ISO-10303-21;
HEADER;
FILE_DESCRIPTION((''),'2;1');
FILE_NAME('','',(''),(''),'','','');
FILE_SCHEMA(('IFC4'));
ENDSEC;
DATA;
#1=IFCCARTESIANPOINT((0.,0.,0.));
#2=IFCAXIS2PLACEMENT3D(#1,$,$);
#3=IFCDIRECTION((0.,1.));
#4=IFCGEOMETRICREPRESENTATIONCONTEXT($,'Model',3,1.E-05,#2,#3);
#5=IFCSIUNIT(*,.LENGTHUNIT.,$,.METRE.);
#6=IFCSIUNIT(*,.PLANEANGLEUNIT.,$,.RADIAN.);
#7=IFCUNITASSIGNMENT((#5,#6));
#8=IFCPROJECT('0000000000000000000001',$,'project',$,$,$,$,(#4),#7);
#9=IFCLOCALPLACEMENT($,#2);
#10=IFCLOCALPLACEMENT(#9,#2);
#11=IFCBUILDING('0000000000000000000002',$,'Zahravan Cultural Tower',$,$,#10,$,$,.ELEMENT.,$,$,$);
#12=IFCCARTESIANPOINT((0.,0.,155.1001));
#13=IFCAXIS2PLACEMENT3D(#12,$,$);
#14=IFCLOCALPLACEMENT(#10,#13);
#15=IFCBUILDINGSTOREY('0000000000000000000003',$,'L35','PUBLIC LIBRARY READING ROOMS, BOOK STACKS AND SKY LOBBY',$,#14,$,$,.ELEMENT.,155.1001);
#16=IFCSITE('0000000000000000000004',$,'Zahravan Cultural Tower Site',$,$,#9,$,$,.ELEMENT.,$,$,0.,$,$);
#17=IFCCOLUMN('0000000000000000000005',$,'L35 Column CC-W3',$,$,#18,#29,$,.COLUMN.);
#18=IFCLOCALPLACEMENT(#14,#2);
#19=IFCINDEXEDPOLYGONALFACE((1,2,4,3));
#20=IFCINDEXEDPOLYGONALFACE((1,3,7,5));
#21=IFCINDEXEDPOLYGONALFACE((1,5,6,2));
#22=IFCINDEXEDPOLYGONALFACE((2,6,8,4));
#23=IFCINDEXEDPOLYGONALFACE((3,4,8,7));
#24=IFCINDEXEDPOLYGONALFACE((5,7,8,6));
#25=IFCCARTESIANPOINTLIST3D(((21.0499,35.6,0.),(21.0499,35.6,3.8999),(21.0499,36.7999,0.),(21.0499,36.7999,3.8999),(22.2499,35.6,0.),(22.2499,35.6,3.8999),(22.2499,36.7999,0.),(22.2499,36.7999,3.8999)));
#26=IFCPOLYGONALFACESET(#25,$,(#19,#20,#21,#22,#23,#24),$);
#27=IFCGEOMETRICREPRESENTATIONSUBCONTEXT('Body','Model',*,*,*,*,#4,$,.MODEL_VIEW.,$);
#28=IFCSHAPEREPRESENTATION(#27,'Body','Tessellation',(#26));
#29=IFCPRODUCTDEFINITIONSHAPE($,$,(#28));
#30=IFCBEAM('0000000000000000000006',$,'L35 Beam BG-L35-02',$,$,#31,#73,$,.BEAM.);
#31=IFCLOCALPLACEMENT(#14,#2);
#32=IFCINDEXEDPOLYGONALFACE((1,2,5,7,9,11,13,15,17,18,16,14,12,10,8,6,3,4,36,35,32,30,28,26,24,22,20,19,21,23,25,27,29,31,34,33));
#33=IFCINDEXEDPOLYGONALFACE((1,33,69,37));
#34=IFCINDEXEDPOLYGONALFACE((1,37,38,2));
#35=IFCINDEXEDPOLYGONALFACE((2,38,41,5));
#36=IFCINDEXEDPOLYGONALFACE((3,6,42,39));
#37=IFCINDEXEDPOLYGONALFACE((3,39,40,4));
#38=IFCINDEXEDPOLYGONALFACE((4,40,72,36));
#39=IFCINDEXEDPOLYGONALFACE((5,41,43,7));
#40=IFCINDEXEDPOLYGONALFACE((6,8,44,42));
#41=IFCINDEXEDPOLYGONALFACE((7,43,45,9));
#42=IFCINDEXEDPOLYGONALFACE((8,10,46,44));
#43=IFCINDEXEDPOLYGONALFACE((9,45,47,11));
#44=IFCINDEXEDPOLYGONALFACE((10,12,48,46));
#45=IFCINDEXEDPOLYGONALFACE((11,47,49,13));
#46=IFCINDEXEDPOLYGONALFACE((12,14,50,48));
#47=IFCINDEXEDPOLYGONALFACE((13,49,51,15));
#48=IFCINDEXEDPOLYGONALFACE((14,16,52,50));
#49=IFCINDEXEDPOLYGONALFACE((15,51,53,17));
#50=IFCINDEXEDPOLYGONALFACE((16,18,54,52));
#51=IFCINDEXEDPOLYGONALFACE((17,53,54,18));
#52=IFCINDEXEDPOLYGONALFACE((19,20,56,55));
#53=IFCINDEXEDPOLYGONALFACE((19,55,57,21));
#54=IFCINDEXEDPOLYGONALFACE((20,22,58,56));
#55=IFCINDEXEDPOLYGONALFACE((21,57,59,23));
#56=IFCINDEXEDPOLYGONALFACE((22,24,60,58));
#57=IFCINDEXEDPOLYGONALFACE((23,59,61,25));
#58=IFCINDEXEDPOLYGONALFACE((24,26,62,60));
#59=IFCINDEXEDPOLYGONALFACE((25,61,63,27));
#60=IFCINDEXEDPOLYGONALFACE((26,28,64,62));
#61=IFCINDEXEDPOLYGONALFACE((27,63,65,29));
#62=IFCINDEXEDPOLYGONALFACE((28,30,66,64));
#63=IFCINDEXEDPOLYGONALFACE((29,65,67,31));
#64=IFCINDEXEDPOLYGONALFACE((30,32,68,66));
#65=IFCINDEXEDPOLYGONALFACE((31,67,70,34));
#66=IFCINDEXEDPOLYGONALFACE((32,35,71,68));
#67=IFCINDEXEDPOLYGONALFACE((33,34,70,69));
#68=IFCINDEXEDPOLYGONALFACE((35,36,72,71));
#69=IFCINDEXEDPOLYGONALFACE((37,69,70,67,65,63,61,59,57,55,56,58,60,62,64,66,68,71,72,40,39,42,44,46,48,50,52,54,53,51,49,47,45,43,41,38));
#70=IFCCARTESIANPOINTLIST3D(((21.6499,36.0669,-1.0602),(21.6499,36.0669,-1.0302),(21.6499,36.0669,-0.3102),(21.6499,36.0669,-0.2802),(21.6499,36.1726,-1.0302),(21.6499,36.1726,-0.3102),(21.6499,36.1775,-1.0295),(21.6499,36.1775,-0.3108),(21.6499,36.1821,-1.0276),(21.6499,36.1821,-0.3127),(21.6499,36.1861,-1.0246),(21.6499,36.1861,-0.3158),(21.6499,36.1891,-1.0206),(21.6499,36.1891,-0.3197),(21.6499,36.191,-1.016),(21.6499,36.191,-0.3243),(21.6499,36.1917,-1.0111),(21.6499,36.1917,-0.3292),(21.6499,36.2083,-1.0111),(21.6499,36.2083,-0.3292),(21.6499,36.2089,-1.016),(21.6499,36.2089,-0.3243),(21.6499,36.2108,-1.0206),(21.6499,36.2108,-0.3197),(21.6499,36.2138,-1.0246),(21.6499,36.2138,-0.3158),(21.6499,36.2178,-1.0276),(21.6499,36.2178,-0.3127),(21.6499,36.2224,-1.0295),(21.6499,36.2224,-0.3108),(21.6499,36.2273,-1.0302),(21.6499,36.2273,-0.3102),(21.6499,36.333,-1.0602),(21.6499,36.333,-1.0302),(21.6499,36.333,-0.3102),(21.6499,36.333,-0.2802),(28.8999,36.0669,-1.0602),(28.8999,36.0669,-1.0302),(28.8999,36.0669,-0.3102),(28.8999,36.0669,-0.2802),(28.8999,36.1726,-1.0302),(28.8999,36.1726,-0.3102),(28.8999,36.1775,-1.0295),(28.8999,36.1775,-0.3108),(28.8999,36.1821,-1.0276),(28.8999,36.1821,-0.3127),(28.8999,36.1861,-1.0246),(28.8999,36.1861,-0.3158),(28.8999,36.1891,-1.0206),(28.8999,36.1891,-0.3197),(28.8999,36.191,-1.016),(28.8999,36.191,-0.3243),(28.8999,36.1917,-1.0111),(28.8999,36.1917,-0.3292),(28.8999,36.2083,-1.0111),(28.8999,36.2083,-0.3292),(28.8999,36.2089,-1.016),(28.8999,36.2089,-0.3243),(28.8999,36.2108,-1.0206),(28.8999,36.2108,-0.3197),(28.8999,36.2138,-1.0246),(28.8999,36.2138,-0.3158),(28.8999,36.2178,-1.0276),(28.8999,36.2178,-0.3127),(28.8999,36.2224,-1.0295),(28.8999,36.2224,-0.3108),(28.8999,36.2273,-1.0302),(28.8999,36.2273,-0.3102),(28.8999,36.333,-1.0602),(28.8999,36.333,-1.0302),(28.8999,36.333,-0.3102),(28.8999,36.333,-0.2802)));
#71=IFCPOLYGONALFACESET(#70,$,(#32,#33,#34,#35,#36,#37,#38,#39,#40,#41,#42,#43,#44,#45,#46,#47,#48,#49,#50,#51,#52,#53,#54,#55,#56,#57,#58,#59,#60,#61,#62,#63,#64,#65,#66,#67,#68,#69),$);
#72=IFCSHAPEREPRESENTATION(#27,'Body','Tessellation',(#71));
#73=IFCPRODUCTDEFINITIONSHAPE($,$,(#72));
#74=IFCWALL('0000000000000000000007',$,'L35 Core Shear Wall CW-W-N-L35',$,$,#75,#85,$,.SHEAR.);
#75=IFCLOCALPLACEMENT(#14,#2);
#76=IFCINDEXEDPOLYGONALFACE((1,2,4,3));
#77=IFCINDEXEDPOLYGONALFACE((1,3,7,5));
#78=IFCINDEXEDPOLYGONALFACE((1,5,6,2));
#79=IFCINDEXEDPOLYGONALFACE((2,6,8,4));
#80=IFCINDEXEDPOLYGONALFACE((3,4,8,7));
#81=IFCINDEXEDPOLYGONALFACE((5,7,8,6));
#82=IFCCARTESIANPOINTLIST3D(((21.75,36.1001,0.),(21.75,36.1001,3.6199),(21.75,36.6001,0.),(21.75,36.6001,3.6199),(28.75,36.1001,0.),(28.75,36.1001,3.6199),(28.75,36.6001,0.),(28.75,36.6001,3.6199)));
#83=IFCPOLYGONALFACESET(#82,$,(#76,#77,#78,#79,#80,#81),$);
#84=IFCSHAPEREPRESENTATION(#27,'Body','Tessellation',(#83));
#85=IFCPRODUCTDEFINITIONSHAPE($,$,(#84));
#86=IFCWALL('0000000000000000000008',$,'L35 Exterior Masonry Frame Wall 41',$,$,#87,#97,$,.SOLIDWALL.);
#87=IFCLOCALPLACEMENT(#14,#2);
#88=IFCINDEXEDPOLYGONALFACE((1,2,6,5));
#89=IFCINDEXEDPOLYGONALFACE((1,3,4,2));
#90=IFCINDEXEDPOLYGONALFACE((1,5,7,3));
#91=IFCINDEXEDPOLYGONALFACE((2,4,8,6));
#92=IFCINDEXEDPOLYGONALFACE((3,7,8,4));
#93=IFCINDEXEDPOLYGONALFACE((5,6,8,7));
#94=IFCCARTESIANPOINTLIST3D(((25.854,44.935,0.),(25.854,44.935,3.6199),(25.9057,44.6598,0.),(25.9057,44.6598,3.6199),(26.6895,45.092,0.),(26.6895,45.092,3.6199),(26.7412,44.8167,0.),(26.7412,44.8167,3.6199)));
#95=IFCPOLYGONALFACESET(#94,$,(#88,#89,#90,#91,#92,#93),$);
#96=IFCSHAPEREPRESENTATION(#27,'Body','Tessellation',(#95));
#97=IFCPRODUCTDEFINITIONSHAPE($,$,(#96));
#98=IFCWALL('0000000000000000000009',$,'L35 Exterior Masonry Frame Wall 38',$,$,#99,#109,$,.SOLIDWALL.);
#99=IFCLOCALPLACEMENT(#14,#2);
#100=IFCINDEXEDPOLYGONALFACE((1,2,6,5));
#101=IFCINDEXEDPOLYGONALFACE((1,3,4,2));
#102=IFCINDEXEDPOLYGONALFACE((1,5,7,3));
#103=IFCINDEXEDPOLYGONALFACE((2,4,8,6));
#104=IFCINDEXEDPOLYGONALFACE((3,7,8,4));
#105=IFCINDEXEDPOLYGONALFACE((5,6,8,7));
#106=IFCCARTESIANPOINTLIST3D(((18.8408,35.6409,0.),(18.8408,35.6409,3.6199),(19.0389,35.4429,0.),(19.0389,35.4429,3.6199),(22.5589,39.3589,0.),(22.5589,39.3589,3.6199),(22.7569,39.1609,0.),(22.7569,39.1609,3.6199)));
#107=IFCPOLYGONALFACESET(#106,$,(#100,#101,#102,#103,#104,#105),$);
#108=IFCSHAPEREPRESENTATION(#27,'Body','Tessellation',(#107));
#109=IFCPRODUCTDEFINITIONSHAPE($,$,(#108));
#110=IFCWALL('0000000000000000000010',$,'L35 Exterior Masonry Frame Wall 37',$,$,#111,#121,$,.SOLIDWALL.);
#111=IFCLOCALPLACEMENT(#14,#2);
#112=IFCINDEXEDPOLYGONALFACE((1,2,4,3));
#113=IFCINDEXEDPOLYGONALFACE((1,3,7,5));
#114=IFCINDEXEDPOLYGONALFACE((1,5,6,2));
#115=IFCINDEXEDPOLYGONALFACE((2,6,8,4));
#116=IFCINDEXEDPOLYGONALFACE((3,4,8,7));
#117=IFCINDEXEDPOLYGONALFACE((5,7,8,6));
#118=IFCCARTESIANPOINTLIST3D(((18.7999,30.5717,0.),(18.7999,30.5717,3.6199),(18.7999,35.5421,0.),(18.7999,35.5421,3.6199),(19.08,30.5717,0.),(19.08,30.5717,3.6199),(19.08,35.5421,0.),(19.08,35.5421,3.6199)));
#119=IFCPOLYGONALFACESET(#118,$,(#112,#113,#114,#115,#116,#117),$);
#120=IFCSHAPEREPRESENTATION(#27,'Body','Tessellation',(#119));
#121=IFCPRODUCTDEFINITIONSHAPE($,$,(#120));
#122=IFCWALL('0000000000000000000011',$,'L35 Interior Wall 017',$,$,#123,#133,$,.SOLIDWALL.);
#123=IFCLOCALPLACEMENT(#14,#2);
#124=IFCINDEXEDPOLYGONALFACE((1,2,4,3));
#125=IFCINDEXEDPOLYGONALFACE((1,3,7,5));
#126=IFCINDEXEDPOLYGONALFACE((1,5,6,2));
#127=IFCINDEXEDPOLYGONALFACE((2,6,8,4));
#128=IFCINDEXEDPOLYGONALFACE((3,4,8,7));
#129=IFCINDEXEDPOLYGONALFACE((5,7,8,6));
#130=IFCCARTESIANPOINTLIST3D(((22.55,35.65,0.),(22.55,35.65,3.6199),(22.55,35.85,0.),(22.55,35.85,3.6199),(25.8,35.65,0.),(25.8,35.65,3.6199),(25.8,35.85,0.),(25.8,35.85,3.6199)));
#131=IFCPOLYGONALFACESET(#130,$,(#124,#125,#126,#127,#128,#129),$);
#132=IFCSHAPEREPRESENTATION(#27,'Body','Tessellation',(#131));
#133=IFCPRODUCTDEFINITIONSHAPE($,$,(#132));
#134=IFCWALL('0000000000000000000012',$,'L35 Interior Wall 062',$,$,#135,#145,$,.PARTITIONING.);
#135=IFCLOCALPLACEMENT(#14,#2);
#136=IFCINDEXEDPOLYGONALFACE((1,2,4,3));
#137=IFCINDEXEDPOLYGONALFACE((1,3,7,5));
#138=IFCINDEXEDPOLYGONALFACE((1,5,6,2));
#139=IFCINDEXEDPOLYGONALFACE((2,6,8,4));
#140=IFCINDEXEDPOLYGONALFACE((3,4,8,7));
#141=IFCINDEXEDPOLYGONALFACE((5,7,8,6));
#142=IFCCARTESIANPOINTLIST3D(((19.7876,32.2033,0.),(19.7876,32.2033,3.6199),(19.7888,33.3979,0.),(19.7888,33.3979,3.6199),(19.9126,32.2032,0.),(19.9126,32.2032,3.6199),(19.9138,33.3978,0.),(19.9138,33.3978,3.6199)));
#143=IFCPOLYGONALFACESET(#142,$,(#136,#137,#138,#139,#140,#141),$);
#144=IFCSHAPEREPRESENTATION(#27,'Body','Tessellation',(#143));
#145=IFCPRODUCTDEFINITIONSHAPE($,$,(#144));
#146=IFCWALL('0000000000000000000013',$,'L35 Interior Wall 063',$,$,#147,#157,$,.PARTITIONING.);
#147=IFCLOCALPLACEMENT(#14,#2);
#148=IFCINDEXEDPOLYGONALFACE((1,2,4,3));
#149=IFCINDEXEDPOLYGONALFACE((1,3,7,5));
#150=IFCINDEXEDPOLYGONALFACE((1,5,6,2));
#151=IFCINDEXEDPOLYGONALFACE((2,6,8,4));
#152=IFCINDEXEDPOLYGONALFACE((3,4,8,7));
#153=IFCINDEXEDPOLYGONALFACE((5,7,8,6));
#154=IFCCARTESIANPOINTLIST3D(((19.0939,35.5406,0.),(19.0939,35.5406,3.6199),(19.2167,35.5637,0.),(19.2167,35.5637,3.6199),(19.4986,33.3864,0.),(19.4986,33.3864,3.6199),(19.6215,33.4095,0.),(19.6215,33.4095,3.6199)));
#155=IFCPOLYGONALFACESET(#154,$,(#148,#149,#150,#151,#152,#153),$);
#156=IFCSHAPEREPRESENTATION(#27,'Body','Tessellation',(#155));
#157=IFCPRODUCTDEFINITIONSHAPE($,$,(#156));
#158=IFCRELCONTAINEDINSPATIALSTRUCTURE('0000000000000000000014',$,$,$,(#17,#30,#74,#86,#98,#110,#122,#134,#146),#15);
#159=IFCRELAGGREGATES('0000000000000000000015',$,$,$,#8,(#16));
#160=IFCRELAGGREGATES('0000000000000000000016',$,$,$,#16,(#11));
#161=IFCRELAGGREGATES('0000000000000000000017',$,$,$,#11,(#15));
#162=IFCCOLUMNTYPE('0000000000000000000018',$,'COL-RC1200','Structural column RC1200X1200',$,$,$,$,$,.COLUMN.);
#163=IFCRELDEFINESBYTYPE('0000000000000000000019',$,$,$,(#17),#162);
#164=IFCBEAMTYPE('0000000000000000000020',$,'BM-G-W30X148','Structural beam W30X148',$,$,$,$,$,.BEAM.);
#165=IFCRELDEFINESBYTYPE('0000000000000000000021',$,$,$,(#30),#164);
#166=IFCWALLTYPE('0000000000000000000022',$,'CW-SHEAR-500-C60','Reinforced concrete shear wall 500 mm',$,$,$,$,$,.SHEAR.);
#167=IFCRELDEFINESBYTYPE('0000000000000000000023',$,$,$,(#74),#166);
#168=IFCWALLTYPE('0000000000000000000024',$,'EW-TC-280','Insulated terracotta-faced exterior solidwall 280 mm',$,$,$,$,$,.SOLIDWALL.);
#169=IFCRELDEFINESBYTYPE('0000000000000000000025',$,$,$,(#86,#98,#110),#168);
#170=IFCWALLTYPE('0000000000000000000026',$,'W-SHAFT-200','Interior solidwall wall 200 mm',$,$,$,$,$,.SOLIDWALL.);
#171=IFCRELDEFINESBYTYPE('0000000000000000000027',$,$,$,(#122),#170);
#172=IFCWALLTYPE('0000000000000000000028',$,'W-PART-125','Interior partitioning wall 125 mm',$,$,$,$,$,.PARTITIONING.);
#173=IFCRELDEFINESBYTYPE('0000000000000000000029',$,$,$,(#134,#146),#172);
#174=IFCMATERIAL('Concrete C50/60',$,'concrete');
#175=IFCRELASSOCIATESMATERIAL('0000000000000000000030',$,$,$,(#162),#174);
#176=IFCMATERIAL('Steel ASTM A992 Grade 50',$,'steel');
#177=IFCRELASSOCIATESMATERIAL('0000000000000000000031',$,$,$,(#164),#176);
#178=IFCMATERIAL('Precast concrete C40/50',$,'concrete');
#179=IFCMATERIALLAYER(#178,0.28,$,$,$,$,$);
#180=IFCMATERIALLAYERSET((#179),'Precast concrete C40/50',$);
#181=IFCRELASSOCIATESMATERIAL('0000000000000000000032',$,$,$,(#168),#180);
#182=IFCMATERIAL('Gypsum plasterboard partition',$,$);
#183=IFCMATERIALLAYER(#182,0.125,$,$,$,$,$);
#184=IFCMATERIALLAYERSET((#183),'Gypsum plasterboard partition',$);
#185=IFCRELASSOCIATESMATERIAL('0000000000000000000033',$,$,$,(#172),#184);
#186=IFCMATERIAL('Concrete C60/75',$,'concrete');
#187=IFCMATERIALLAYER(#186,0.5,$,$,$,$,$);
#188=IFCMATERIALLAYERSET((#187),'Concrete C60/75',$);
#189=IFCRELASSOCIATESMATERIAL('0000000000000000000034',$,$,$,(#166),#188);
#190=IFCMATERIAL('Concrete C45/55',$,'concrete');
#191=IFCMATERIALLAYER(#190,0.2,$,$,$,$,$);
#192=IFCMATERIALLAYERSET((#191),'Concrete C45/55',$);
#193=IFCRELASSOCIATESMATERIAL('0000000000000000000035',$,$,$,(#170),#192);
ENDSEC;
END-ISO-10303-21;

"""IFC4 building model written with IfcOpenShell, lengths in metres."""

from ifc_helpers import new_model, si_unit, direction, frame, frame_2d, origin, origin_2d, place, context, subcontext, project, spatial, rectangle, i_section, extrude, source, transform, mapped, material, layer, layer_set, material_profile, profile_set, type_object, element, save


model = new_model("IFC4")

# Units and contexts
model_context = context("Model", 3, precision=1e-05, world=origin(), true_north=direction((0.0, 1.0)))
body_context = subcontext(model_context, "Body", "Model", "MODEL_VIEW")
ifc_project = project(units=[si_unit("LENGTHUNIT", "METRE"), si_unit("PLANEANGLEUNIT", "RADIAN")], contexts=[model_context])

# Site, building, storey
site_placement = place(None, origin())
site = spatial("IfcSite", under=ifc_project, at=site_placement, Name="Zahravan Cultural Tower Site", CompositionType="ELEMENT", RefElevation=0.0)
building_placement = place(site_placement, origin())
building = spatial("IfcBuilding", under=site, at=building_placement, Name="Zahravan Cultural Tower", CompositionType="ELEMENT")
storey_placement = place(building_placement, frame((0.0, 0.0, 155.1001)))
storey = spatial("IfcBuildingStorey", under=building, at=storey_placement, Name="L35", Description="PUBLIC LIBRARY READING ROOMS, BOOK STACKS AND SKY LOBBY", CompositionType="ELEMENT", Elevation=155.1001)

# Column
ifc_material_1 = material(Name="Concrete C50/60", Category="concrete")
ifc_material_profile_1 = material_profile(ifc_material_1, rectangle(XDim=1.2, YDim=1.2, at=origin_2d()), Name="RC1200X1200")
ifc_profile_set_1 = profile_set([ifc_material_profile_1], Name="Concrete C50/60")
column_type = type_object("IfcColumnType", Name="COL-RC1200", Description="Structural column RC1200X1200", PredefinedType="COLUMN", material=ifc_profile_set_1)
shared_shape_1 = source(origin(), body_context, "Body", "SweptSolid", [
    extrude(rectangle(XDim=1.2, YDim=1.2, at=origin_2d()), origin(), (0.0, 0.0, 1.0), 3.8999),
])
column_placement = place(storey_placement, frame((21.6499, 36.2, 0.0), z_axis=(0.0, 0.0, 1.0), x_axis=(1.0, 0.0, 0.0)))
element("IfcColumn", 1, at=column_placement, inside=storey, type_object=column_type, Name="L35 Column CC-W3", PredefinedType="COLUMN", context=body_context, shape_type="MappedRepresentation", body=[
    mapped(shared_shape_1, transform((0.0, 0.0, 0.0), x_axis=(1.0, 0.0, 0.0), y_axis=(0.0, 1.0, 0.0), z_axis=(0.0, 0.0, 1.0), scale=1.0)),
])

# Beam
ifc_material_2 = material(Name="Steel ASTM A992 Grade 50", Category="steel")
ifc_material_profile_2 = material_profile(ifc_material_2, i_section(OverallWidth=0.2661, OverallDepth=0.78, WebThickness=0.0166, FlangeThickness=0.03, FilletRadius=0.019, at=origin_2d()), Name="W30X148")
ifc_profile_set_2 = profile_set([ifc_material_profile_2], Name="Steel ASTM A992 Grade 50")
beam_type = type_object("IfcBeamType", Name="BM-G-W30X148", Description="Structural beam W30X148", PredefinedType="BEAM", material=ifc_profile_set_2)
shared_shape_2 = source(origin(), body_context, "Body", "SweptSolid", [
    extrude(i_section(OverallWidth=0.2661, OverallDepth=0.78, WebThickness=0.0166, FlangeThickness=0.03, FilletRadius=0.019, at=origin_2d()), origin(), (0.0, 0.0, 1.0), 7.25),
])
beam_placement = place(storey_placement, frame((21.6499, 36.2, -0.6702), z_axis=(1.0, 0.0, 0.0), x_axis=(0.0, 1.0, 0.0)))
element("IfcBeam", 2, at=beam_placement, inside=storey, type_object=beam_type, Name="L35 Beam BG-L35-02", PredefinedType="BEAM", context=body_context, shape_type="MappedRepresentation", body=[
    mapped(shared_shape_2, transform((0.0, 0.0, 0.0), x_axis=(1.0, 0.0, 0.0), y_axis=(0.0, 1.0, 0.0), z_axis=(0.0, 0.0, 1.0), scale=1.0)),
])

# Shared definitions
ifc_material_3 = material(Name="Precast concrete C40/50", Category="concrete")
ifc_layer_1 = layer(ifc_material_3, 0.28)
ifc_layer_set_1 = layer_set([ifc_layer_1], Name="Precast concrete C40/50")
wall_type_1 = type_object("IfcWallType", Name="EW-TC-280", Description="Insulated terracotta-faced exterior solidwall 280 mm", PredefinedType="SOLIDWALL", material=ifc_layer_set_1)
ifc_material_4 = material(Name="Gypsum plasterboard partition")
ifc_layer_2 = layer(ifc_material_4, 0.125)
ifc_layer_set_2 = layer_set([ifc_layer_2], Name="Gypsum plasterboard partition")
wall_type_2 = type_object("IfcWallType", Name="W-PART-125", Description="Interior partitioning wall 125 mm", PredefinedType="PARTITIONING", material=ifc_layer_set_2)

# Walls
ifc_material_5 = material(Name="Concrete C60/75", Category="concrete")
ifc_layer_3 = layer(ifc_material_5, 0.5)
ifc_layer_set_3 = layer_set([ifc_layer_3], Name="Concrete C60/75")
wall_type_3 = type_object("IfcWallType", Name="CW-SHEAR-500-C60", Description="Reinforced concrete shear wall 500 mm", PredefinedType="SHEAR", material=ifc_layer_set_3)
shared_shape_3 = source(origin(), body_context, "Body", "SweptSolid", [
    extrude(rectangle(XDim=7.0, YDim=0.5, at=frame_2d((3.5, 0.0))), origin(), (0.0, 0.0, 1.0), 3.6199),
])
wall_1_placement = place(storey_placement, frame((21.75, 36.3501, 0.0), z_axis=(0.0, 0.0, 1.0), x_axis=(1.0, 0.0, 0.0)))
element("IfcWall", 3, at=wall_1_placement, inside=storey, type_object=wall_type_3, Name="L35 Core Shear Wall CW-W-N-L35", PredefinedType="SHEAR", context=body_context, shape_type="MappedRepresentation", body=[
    mapped(shared_shape_3, transform((0.0, 0.0, 0.0), x_axis=(1.0, 0.0, 0.0), y_axis=(0.0, 1.0, 0.0), z_axis=(0.0, 0.0, 1.0), scale=1.0)),
])
shared_shape_4 = source(origin(), body_context, "Body", "SweptSolid", [
    extrude(rectangle(XDim=0.8501, YDim=0.28, at=frame_2d((0.425, 0.0))), origin(), (0.0, 0.0, 1.0), 3.6199),
])
wall_2_placement = place(storey_placement, frame((25.8799, 44.7974, 0.0), z_axis=(0.0, 0.0, 1.0), x_axis=(0.982801, 0.18467, 0.0)))
element("IfcWall", 4, at=wall_2_placement, inside=storey, type_object=wall_type_1, Name="L35 Exterior Masonry Frame Wall 41", PredefinedType="SOLIDWALL", context=body_context, shape_type="MappedRepresentation", body=[
    mapped(shared_shape_4, transform((0.0, 0.0, 0.0), x_axis=(1.0, 0.0, 0.0), y_axis=(0.0, 1.0, 0.0), z_axis=(0.0, 0.0, 1.0), scale=1.0)),
])
shared_shape_5 = source(origin(), body_context, "Body", "SweptSolid", [
    extrude(rectangle(XDim=5.2581, YDim=0.28, at=frame_2d((2.6289, 0.0))), origin(), (0.0, 0.0, 1.0), 3.6199),
])
wall_3_placement = place(storey_placement, frame((18.9399, 35.542, 0.0), z_axis=(0.0, 0.0, 1.0), x_axis=(0.707107, 0.707107, 0.0)))
element("IfcWall", 5, at=wall_3_placement, inside=storey, type_object=wall_type_1, Name="L35 Exterior Masonry Frame Wall 38", PredefinedType="SOLIDWALL", context=body_context, shape_type="MappedRepresentation", body=[
    mapped(shared_shape_5, transform((0.0, 0.0, 0.0), x_axis=(1.0, 0.0, 0.0), y_axis=(0.0, 1.0, 0.0), z_axis=(0.0, 0.0, 1.0), scale=1.0)),
])
shared_shape_6 = source(origin(), body_context, "Body", "SweptSolid", [
    extrude(rectangle(XDim=4.9705, YDim=0.28, at=frame_2d((2.4854, 0.0))), origin(), (0.0, 0.0, 1.0), 3.6199),
])
wall_4_placement = place(storey_placement, frame((18.9399, 30.5715, 0.0), z_axis=(0.0, 0.0, 1.0), x_axis=(0.0, 1.0, 0.0)))
element("IfcWall", 6, at=wall_4_placement, inside=storey, type_object=wall_type_1, Name="L35 Exterior Masonry Frame Wall 37", PredefinedType="SOLIDWALL", context=body_context, shape_type="MappedRepresentation", body=[
    mapped(shared_shape_6, transform((0.0, 0.0, 0.0), x_axis=(1.0, 0.0, 0.0), y_axis=(0.0, 1.0, 0.0), z_axis=(0.0, 0.0, 1.0), scale=1.0)),
])
ifc_material_6 = material(Name="Concrete C45/55", Category="concrete")
ifc_layer_4 = layer(ifc_material_6, 0.2)
ifc_layer_set_4 = layer_set([ifc_layer_4], Name="Concrete C45/55")
wall_type_4 = type_object("IfcWallType", Name="W-SHAFT-200", Description="Interior solidwall wall 200 mm", PredefinedType="SOLIDWALL", material=ifc_layer_set_4)
shared_shape_7 = source(origin(), body_context, "Body", "SweptSolid", [
    extrude(rectangle(XDim=3.25, YDim=0.2, at=frame_2d((1.625, 0.0))), origin(), (0.0, 0.0, 1.0), 3.6199),
])
wall_5_placement = place(storey_placement, frame((22.55, 35.75, 0.0), z_axis=(0.0, 0.0, 1.0), x_axis=(1.0, 0.0, 0.0)))
element("IfcWall", 7, at=wall_5_placement, inside=storey, type_object=wall_type_4, Name="L35 Interior Wall 017", PredefinedType="SOLIDWALL", context=body_context, shape_type="MappedRepresentation", body=[
    mapped(shared_shape_7, transform((0.0, 0.0, 0.0), x_axis=(1.0, 0.0, 0.0), y_axis=(0.0, 1.0, 0.0), z_axis=(0.0, 0.0, 1.0), scale=1.0)),
])
shared_shape_8 = source(origin(), body_context, "Body", "SweptSolid", [
    extrude(rectangle(XDim=1.1946, YDim=0.125, at=frame_2d((0.5972, 0.0))), origin(), (0.0, 0.0, 1.0), 3.6199),
])
wall_6_placement = place(storey_placement, frame((19.8513, 33.3977, 0.0), z_axis=(0.0, 0.0, 1.0), x_axis=(-0.001022, -0.999999, 0.0)))
element("IfcWall", 8, at=wall_6_placement, inside=storey, type_object=wall_type_2, Name="L35 Interior Wall 062", PredefinedType="PARTITIONING", context=body_context, shape_type="MappedRepresentation", body=[
    mapped(shared_shape_8, transform((0.0, 0.0, 0.0), x_axis=(1.0, 0.0, 0.0), y_axis=(0.0, 1.0, 0.0), z_axis=(0.0, 0.0, 1.0), scale=1.0)),
])
shared_shape_9 = source(origin(), body_context, "Body", "SweptSolid", [
    extrude(rectangle(XDim=2.1919, YDim=0.125, at=frame_2d((1.0959, 0.0))), origin(), (0.0, 0.0, 1.0), 3.6199),
])
wall_7_placement = place(storey_placement, frame((19.5601, 33.3979, 0.0), z_axis=(0.0, 0.0, 1.0), x_axis=(-0.184665, 0.982802, 0.0)))
element("IfcWall", 9, at=wall_7_placement, inside=storey, type_object=wall_type_2, Name="L35 Interior Wall 063", PredefinedType="PARTITIONING", context=body_context, shape_type="MappedRepresentation", body=[
    mapped(shared_shape_9, transform((0.0, 0.0, 0.0), x_axis=(1.0, 0.0, 0.0), y_axis=(0.0, 1.0, 0.0), z_axis=(0.0, 0.0, 1.0), scale=1.0)),
])

save(model, "model.ifc")
